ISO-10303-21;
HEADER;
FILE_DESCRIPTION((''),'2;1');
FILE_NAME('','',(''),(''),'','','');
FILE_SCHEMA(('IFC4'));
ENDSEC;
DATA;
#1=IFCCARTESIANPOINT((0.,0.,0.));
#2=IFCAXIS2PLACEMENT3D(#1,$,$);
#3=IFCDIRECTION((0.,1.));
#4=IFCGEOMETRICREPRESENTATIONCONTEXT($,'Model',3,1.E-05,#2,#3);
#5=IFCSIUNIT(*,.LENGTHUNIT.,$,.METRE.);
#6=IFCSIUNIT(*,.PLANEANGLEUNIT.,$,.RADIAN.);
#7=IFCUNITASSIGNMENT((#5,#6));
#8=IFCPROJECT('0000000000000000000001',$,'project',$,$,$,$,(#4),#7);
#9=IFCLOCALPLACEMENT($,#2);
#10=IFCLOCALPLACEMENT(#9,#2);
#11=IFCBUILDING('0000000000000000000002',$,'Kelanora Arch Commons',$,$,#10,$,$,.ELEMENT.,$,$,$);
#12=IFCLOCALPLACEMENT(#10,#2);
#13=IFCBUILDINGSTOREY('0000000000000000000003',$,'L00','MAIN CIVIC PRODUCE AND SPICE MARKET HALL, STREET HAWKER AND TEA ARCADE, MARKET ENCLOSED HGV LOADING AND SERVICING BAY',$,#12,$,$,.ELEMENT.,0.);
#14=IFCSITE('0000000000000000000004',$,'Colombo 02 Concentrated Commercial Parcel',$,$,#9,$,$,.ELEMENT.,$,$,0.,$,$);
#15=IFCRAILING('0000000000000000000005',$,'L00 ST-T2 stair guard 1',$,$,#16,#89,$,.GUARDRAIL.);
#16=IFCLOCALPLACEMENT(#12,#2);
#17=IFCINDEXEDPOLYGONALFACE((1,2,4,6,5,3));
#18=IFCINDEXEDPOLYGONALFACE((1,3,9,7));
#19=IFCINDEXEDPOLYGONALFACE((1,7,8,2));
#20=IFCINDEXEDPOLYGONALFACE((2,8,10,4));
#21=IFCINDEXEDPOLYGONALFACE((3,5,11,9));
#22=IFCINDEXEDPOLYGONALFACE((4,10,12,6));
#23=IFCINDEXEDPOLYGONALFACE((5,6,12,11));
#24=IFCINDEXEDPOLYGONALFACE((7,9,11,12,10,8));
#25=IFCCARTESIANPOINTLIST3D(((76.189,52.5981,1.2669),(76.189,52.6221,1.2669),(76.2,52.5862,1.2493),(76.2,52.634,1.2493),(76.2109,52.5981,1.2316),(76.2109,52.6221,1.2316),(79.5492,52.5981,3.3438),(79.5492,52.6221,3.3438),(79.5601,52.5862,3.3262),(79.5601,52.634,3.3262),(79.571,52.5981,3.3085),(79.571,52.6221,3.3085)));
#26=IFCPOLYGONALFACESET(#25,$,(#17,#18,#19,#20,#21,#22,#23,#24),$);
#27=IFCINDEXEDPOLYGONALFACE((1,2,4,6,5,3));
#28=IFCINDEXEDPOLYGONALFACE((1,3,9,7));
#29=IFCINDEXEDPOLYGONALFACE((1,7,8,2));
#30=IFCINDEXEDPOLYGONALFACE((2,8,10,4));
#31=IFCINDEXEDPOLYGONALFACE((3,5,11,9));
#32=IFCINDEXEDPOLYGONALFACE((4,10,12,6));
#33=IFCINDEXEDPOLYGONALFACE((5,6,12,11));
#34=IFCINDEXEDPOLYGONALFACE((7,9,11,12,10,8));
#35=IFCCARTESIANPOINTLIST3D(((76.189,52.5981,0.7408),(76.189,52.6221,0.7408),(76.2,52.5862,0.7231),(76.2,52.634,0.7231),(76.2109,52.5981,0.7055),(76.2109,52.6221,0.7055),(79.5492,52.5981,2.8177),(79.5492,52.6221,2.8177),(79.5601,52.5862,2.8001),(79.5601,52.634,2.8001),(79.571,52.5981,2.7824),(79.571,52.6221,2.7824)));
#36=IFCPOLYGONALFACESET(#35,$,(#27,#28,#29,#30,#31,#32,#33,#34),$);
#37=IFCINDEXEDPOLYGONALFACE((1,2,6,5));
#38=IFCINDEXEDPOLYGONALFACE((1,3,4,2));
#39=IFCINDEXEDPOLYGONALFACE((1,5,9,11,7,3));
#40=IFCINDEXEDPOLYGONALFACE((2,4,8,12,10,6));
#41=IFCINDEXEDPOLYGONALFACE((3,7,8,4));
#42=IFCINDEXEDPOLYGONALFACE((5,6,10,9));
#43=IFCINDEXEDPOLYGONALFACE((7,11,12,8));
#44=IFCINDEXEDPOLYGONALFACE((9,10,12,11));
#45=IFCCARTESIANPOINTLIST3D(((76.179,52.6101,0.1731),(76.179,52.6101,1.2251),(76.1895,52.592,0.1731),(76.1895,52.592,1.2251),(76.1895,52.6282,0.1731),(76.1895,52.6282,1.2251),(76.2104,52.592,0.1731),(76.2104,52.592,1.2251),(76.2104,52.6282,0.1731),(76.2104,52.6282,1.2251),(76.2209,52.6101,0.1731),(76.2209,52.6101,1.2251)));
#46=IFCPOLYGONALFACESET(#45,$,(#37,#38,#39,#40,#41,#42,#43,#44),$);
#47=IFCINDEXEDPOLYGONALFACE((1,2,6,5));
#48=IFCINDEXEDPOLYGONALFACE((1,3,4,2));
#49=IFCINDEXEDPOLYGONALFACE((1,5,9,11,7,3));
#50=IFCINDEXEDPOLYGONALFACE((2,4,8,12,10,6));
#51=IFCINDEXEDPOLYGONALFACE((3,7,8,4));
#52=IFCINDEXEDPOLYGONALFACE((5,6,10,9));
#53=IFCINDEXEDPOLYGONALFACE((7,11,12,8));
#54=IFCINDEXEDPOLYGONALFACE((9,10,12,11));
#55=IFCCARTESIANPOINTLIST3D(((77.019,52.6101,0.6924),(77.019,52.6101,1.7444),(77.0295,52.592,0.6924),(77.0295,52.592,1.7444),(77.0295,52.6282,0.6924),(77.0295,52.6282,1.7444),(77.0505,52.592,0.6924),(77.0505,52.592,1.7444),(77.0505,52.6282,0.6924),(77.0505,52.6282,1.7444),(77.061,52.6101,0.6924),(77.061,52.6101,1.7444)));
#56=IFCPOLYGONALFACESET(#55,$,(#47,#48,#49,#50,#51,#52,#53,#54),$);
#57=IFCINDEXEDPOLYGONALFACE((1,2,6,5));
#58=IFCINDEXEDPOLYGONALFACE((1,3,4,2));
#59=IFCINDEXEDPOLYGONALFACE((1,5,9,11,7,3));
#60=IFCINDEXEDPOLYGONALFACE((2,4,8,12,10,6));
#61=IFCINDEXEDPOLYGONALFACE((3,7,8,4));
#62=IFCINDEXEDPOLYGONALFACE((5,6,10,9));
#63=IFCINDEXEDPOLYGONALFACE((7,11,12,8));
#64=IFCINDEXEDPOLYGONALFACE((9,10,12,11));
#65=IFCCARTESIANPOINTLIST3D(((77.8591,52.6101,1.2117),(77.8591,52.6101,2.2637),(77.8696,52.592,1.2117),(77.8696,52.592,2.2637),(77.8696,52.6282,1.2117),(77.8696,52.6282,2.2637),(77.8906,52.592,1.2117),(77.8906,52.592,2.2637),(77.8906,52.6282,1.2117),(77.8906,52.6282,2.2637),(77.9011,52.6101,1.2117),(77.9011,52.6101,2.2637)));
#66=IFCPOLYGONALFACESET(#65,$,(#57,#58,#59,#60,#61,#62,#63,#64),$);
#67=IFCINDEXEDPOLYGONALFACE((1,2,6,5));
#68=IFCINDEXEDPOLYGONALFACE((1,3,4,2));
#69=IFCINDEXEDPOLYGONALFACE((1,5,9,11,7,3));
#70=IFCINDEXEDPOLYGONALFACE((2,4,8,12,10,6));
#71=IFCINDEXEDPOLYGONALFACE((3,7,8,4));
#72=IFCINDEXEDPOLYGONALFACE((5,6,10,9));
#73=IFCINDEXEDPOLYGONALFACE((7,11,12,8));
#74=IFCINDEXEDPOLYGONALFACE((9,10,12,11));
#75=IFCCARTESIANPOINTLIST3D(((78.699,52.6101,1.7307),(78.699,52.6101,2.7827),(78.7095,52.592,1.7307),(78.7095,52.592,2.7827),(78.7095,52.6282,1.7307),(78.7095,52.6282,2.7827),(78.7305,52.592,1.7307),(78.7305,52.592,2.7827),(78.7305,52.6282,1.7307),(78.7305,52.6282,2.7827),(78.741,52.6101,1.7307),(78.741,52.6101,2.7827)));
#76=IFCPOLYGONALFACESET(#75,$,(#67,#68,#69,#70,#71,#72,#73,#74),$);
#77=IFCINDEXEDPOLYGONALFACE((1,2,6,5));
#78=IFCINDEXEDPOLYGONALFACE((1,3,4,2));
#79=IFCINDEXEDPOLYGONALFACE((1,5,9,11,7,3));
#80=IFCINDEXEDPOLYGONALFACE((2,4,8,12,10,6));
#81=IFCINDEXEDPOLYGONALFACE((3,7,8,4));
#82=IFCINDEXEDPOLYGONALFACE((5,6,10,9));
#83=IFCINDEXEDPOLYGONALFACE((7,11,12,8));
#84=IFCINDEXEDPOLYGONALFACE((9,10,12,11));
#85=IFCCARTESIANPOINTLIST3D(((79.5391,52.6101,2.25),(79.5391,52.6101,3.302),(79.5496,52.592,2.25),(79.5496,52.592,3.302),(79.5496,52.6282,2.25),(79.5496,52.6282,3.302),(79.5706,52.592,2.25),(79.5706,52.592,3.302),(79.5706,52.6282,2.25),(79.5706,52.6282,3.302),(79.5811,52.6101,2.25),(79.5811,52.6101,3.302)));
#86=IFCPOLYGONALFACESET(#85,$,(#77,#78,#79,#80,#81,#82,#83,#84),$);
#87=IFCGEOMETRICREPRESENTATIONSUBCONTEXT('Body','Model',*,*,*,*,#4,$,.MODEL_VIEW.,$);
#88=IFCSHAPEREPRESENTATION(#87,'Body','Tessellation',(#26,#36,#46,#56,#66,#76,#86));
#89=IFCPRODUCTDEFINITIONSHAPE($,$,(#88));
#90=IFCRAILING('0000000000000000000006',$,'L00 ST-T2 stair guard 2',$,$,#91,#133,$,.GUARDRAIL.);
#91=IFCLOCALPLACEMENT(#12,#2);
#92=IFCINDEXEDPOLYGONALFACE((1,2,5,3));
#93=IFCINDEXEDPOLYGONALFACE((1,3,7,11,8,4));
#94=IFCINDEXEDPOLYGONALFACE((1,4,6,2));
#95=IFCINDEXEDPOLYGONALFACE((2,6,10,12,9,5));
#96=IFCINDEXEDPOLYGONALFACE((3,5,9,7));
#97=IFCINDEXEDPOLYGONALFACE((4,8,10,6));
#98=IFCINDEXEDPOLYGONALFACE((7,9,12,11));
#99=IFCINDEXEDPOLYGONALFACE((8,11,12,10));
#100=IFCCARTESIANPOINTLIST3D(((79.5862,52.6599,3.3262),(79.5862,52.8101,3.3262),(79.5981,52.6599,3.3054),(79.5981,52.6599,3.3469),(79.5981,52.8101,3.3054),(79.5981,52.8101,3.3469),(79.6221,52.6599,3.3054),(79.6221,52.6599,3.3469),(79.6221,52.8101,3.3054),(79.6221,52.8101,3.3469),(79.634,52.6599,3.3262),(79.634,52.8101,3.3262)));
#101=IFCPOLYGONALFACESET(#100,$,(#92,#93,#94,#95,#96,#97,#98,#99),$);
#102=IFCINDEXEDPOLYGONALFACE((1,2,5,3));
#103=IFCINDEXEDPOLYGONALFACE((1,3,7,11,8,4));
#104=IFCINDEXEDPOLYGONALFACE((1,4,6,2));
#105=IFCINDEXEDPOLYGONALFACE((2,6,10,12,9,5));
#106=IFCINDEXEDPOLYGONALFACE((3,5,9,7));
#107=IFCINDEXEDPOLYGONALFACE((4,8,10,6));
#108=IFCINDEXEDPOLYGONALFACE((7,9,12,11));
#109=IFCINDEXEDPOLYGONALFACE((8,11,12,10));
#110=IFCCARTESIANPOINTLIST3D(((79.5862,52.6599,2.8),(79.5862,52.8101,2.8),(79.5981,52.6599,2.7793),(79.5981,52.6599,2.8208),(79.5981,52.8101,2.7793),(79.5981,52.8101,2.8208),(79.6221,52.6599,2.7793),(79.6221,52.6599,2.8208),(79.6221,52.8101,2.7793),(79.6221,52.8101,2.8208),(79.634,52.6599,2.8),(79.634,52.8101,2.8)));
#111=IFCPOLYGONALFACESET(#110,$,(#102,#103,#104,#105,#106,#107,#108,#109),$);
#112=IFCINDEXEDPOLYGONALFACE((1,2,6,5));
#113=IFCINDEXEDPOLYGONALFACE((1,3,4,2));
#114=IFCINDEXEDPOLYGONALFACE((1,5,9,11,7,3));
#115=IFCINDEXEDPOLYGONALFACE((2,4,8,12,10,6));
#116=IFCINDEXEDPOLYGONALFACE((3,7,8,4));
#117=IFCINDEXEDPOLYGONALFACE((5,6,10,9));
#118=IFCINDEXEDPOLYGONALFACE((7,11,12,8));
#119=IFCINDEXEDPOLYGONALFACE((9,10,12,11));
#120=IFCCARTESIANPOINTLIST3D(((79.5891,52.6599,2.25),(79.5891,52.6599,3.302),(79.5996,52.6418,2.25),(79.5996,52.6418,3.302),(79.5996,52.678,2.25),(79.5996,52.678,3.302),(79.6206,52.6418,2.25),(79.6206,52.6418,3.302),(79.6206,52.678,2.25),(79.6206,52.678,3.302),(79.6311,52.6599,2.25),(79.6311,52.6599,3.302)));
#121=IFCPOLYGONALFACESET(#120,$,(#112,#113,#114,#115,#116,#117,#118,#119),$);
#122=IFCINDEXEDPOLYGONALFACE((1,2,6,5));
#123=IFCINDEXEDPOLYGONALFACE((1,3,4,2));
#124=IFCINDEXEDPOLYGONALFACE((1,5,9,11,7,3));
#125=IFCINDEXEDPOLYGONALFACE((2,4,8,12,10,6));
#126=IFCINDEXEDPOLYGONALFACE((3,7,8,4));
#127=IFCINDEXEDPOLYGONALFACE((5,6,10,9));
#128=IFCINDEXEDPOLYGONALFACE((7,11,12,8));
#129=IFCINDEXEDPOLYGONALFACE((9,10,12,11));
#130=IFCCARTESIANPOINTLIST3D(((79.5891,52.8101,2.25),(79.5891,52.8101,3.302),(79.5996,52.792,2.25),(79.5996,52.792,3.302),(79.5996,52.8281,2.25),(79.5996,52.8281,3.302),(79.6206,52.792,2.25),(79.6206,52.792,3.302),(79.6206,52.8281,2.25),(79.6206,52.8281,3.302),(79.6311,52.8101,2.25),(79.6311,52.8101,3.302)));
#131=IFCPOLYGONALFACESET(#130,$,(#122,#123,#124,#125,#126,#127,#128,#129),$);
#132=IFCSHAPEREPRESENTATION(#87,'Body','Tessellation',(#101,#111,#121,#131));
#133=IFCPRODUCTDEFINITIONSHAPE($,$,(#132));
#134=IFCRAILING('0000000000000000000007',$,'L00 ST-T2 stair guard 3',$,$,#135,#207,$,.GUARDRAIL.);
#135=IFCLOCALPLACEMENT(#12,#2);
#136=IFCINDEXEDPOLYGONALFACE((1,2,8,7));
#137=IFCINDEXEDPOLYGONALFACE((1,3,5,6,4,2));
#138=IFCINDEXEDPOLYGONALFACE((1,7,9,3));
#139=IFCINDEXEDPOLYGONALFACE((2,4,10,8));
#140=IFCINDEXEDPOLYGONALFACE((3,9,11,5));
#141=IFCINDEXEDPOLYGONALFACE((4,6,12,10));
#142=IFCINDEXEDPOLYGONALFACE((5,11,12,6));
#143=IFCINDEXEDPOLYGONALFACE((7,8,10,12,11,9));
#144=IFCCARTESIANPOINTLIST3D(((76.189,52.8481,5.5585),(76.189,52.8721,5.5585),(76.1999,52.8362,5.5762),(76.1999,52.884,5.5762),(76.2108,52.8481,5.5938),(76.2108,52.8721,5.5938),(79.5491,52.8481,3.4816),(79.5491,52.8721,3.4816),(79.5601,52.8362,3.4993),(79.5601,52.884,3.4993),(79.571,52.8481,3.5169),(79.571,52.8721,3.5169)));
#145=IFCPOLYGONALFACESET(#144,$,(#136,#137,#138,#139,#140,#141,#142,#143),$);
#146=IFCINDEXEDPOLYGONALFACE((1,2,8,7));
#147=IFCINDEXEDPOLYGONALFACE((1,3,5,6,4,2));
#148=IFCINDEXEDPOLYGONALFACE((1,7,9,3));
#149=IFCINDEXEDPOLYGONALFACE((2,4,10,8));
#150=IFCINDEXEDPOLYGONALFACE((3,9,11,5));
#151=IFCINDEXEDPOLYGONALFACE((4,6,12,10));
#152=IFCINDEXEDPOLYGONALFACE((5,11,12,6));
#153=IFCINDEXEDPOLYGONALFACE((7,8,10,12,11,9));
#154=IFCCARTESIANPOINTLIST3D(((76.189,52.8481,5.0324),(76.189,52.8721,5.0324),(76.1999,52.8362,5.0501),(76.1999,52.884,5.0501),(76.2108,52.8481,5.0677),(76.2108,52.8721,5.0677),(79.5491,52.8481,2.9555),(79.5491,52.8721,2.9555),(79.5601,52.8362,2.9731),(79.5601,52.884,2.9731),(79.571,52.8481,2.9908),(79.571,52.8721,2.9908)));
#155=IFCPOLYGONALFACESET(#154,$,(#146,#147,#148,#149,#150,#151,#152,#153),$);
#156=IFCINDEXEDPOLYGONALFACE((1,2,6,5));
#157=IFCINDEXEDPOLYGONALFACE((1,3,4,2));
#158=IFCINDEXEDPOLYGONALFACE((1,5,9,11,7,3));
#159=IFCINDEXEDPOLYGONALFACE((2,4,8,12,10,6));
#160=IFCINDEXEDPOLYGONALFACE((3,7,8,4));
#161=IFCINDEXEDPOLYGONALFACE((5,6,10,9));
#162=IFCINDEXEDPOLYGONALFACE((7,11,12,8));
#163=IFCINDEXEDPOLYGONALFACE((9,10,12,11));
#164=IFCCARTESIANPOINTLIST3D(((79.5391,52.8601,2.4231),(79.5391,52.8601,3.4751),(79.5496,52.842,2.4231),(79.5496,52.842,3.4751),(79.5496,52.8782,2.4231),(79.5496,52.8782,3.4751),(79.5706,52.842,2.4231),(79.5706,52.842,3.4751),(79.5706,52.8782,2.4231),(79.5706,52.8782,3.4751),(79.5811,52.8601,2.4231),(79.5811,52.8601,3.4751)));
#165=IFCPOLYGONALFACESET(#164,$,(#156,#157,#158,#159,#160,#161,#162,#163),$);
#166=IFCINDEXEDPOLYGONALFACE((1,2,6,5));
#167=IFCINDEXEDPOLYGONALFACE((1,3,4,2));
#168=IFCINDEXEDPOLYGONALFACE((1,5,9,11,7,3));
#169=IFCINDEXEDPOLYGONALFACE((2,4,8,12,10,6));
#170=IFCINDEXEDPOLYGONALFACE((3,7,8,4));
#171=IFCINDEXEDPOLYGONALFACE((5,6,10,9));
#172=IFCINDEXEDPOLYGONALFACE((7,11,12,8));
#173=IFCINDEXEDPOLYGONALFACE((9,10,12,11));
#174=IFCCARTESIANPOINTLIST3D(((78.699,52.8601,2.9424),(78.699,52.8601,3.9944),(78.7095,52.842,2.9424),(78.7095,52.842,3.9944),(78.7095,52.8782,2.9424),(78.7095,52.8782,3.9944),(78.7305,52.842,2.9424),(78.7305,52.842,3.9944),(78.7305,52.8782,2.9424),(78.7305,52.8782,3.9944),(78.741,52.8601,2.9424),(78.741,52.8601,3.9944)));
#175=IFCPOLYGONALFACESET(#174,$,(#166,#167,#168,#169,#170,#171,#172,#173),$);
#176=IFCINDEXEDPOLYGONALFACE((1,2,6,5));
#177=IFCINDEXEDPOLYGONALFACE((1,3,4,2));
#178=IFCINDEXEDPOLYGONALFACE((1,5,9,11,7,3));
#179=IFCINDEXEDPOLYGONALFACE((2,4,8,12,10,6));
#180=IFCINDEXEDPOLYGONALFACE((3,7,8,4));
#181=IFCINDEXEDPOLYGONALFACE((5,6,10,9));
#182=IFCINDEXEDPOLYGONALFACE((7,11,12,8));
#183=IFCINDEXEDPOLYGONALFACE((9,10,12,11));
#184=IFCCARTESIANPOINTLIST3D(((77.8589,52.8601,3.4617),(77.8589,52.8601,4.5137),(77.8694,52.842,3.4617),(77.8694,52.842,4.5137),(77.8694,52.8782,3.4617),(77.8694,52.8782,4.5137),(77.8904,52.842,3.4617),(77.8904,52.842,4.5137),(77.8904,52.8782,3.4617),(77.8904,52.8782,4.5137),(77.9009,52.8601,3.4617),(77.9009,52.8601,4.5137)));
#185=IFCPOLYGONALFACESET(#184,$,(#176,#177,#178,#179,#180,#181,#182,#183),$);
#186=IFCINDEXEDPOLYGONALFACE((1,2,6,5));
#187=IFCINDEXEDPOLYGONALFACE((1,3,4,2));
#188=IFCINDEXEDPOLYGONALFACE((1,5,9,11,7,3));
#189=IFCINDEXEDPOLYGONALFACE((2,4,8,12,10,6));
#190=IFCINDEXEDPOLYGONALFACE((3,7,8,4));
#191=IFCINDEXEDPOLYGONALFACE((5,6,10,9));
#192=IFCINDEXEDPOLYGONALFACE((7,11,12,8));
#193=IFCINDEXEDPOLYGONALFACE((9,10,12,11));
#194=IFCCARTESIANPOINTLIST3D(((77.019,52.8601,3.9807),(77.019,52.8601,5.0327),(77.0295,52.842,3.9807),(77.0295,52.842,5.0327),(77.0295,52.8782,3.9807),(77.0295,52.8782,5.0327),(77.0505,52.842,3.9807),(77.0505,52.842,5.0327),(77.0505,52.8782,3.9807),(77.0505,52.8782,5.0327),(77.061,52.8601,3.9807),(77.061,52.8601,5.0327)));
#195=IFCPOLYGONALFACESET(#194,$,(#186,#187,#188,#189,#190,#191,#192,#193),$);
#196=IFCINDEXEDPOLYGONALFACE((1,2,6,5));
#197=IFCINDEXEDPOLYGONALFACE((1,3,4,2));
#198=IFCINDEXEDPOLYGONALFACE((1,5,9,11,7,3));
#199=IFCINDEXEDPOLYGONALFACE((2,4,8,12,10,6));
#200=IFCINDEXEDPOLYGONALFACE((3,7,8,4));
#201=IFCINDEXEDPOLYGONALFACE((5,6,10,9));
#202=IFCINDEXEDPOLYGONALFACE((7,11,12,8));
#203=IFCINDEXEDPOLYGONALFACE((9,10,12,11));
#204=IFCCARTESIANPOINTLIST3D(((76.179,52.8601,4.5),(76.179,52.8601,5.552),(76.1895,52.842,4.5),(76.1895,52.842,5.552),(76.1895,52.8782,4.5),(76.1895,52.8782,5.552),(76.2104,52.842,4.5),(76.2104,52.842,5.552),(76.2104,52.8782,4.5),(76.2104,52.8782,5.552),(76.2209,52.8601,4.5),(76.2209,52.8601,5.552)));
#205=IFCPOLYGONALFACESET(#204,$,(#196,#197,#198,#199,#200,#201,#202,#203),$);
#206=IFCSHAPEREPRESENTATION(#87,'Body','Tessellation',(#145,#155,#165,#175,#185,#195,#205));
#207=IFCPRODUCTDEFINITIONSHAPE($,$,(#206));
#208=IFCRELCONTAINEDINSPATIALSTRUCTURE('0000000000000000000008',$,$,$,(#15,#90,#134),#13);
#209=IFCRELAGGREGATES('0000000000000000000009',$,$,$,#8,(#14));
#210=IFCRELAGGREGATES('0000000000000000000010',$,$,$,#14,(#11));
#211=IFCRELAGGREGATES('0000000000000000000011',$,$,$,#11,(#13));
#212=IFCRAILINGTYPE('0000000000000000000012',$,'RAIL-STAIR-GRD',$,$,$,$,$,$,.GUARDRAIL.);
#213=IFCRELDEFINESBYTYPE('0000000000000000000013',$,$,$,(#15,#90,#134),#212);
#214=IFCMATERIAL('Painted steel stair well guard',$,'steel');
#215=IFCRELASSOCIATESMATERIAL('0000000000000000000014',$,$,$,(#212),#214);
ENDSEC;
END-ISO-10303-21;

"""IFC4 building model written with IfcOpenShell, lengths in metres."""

from ifc_helpers import new_model, si_unit, direction, frame, origin, place, context, subcontext, project, spatial, polyline, outline, extrude, material, type_object, element, save


model = new_model("IFC4")

# Units and contexts
model_context = context("Model", 3, precision=1e-05, world=origin(), true_north=direction((0.0, 1.0)))
body_context = subcontext(model_context, "Body", "Model", "MODEL_VIEW")
ifc_project = project(units=[si_unit("LENGTHUNIT", "METRE"), si_unit("PLANEANGLEUNIT", "RADIAN")], contexts=[model_context])

# Site, building, storey
site_placement = place(None, origin())
site = spatial("IfcSite", under=ifc_project, at=site_placement, Name="Colombo 02 Concentrated Commercial Parcel", CompositionType="ELEMENT", RefElevation=0.0)
building_placement = place(site_placement, origin())
building = spatial("IfcBuilding", under=site, at=building_placement, Name="Kelanora Arch Commons", CompositionType="ELEMENT")
storey_placement = place(building_placement, origin())
storey = spatial("IfcBuildingStorey", under=building, at=storey_placement, Name="L00", Description="MAIN CIVIC PRODUCE AND SPICE MARKET HALL, STREET HAWKER AND TEA ARCADE, MARKET ENCLOSED HGV LOADING AND SERVICING BAY", CompositionType="ELEMENT", Elevation=0.0)

# Railings
ifc_material_1 = material(Name="Painted steel stair well guard", Category="steel")
railing_type_1 = type_object("IfcRailingType", Name="RAIL-STAIR-GRD", PredefinedType="GUARDRAIL", material=ifc_material_1)
railing_1_placement = place(storey_placement, frame((76.2, 52.6101, 0.1731)))
element("IfcRailing", 1, at=railing_1_placement, inside=storey, type_object=railing_type_1, Name="L00 ST-T2 stair guard 1", PredefinedType="GUARDRAIL", context=body_context, shape_type="SweptSolid", body=[
    extrude(outline(polyline([(0.0239, 0.0), (0.012, 0.0208), (-0.012, 0.0208), (-0.0239, 0.0), (-0.012, -0.0208), (0.012, -0.0208), (0.0239, 0.0)])), frame((0.0, 0.0, 1.0762), z_axis=(0.850623, 0.0, 0.525776), x_axis=(0.0, 1.0, 0.0)), (0.0, 0.0, 1.0), 3.9502),
    extrude(outline(polyline([(0.0239, 0.0), (0.012, 0.0208), (-0.012, 0.0208), (-0.0239, 0.0), (-0.012, -0.0208), (0.012, -0.0208), (0.0239, 0.0)])), frame((0.0, 0.0, 0.55), z_axis=(0.850623, 0.0, 0.525776), x_axis=(0.0, 1.0, 0.0)), (0.0, 0.0, 1.0), 3.9502),
    extrude(outline(polyline([(0.021, 0.0), (0.0105, 0.0181), (-0.0105, 0.0181), (-0.021, 0.0), (-0.0105, -0.0181), (0.0105, -0.0181), (0.021, 0.0)])), origin(), (0.0, 0.0, 1.0), 1.052),
    extrude(outline(polyline([(0.021, 0.0), (0.0105, 0.0181), (-0.0105, 0.0181), (-0.021, 0.0), (-0.0105, -0.0181), (0.0105, -0.0181), (0.021, 0.0)])), frame((0.8401, 0.0, 0.5193)), (0.0, 0.0, 1.0), 1.052),
    extrude(outline(polyline([(0.021, 0.0), (0.0105, 0.0181), (-0.0105, 0.0181), (-0.021, 0.0), (-0.0105, -0.0181), (0.0105, -0.0181), (0.021, 0.0)])), frame((1.6802, 0.0, 1.0386)), (0.0, 0.0, 1.0), 1.052),
    extrude(outline(polyline([(0.021, 0.0), (0.0105, 0.0181), (-0.0105, 0.0181), (-0.021, 0.0), (-0.0105, -0.0181), (0.0105, -0.0181), (0.021, 0.0)])), frame((2.52, 0.0, 1.5576)), (0.0, 0.0, 1.0), 1.052),
    extrude(outline(polyline([(0.021, 0.0), (0.0105, 0.0181), (-0.0105, 0.0181), (-0.021, 0.0), (-0.0105, -0.0181), (0.0105, -0.0181), (0.021, 0.0)])), frame((3.3601, 0.0, 2.0769)), (0.0, 0.0, 1.0), 1.052),
])
railing_2_placement = place(storey_placement, frame((79.6101, 52.6599, 2.25)))
element("IfcRailing", 2, at=railing_2_placement, inside=storey, type_object=railing_type_1, Name="L00 ST-T2 stair guard 2", PredefinedType="GUARDRAIL", context=body_context, shape_type="SweptSolid", body=[
    extrude(outline(polyline([(0.0239, 0.0), (0.012, 0.0208), (-0.012, 0.0208), (-0.0239, 0.0), (-0.012, -0.0208), (0.012, -0.0208), (0.0239, 0.0)])), frame((0.0, 0.0, 1.0762), z_axis=(0.0, 1.0, 0.0), x_axis=(-1.0, 0.0, 0.0)), (0.0, 0.0, 1.0), 0.1501),
    extrude(outline(polyline([(0.0239, 0.0), (0.012, 0.0208), (-0.012, 0.0208), (-0.0239, 0.0), (-0.012, -0.0208), (0.012, -0.0208), (0.0239, 0.0)])), frame((0.0, 0.0, 0.55), z_axis=(0.0, 1.0, 0.0), x_axis=(-1.0, 0.0, 0.0)), (0.0, 0.0, 1.0), 0.1501),
    extrude(outline(polyline([(0.021, 0.0), (0.0105, 0.0181), (-0.0105, 0.0181), (-0.021, 0.0), (-0.0105, -0.0181), (0.0105, -0.0181), (0.021, 0.0)])), origin(), (0.0, 0.0, 1.0), 1.052),
    extrude(outline(polyline([(0.021, 0.0), (0.0105, 0.0181), (-0.0105, 0.0181), (-0.021, 0.0), (-0.0105, -0.0181), (0.0105, -0.0181), (0.021, 0.0)])), frame((0.0, 0.1501, 0.0)), (0.0, 0.0, 1.0), 1.052),
])
railing_3_placement = place(storey_placement, frame((79.5601, 52.8601, 2.4231)))
element("IfcRailing", 3, at=railing_3_placement, inside=storey, type_object=railing_type_1, Name="L00 ST-T2 stair guard 3", PredefinedType="GUARDRAIL", context=body_context, shape_type="SweptSolid", body=[
    extrude(outline(polyline([(0.0239, 0.0), (0.012, 0.0208), (-0.012, 0.0208), (-0.0239, 0.0), (-0.012, -0.0208), (0.012, -0.0208), (0.0239, 0.0)])), frame((0.0, 0.0, 1.0762), z_axis=(-0.850623, 0.0, 0.525776), x_axis=(0.0, -1.0, 0.0)), (0.0, 0.0, 1.0), 3.9502),
    extrude(outline(polyline([(0.0239, 0.0), (0.012, 0.0208), (-0.012, 0.0208), (-0.0239, 0.0), (-0.012, -0.0208), (0.012, -0.0208), (0.0239, 0.0)])), frame((0.0, 0.0, 0.55), z_axis=(-0.850623, 0.0, 0.525776), x_axis=(0.0, -1.0, 0.0)), (0.0, 0.0, 1.0), 3.9502),
    extrude(outline(polyline([(0.021, 0.0), (0.0105, 0.0181), (-0.0105, 0.0181), (-0.021, 0.0), (-0.0105, -0.0181), (0.0105, -0.0181), (0.021, 0.0)])), origin(), (0.0, 0.0, 1.0), 1.052),
    extrude(outline(polyline([(0.021, 0.0), (0.0105, 0.0181), (-0.0105, 0.0181), (-0.021, 0.0), (-0.0105, -0.0181), (0.0105, -0.0181), (0.021, 0.0)])), frame((-0.8401, 0.0, 0.5193)), (0.0, 0.0, 1.0), 1.052),
    extrude(outline(polyline([(0.021, 0.0), (0.0105, 0.0181), (-0.0105, 0.0181), (-0.021, 0.0), (-0.0105, -0.0181), (0.0105, -0.0181), (0.021, 0.0)])), frame((-1.6802, 0.0, 1.0386)), (0.0, 0.0, 1.0), 1.052),
    extrude(outline(polyline([(0.021, 0.0), (0.0105, 0.0181), (-0.0105, 0.0181), (-0.021, 0.0), (-0.0105, -0.0181), (0.0105, -0.0181), (0.021, 0.0)])), frame((-2.52, 0.0, 1.5576)), (0.0, 0.0, 1.0), 1.052),
    extrude(outline(polyline([(0.021, 0.0), (0.0105, 0.0181), (-0.0105, 0.0181), (-0.021, 0.0), (-0.0105, -0.0181), (0.0105, -0.0181), (0.021, 0.0)])), frame((-3.3601, 0.0, 2.0769)), (0.0, 0.0, 1.0), 1.052),
])

save(model, "model.ifc")
